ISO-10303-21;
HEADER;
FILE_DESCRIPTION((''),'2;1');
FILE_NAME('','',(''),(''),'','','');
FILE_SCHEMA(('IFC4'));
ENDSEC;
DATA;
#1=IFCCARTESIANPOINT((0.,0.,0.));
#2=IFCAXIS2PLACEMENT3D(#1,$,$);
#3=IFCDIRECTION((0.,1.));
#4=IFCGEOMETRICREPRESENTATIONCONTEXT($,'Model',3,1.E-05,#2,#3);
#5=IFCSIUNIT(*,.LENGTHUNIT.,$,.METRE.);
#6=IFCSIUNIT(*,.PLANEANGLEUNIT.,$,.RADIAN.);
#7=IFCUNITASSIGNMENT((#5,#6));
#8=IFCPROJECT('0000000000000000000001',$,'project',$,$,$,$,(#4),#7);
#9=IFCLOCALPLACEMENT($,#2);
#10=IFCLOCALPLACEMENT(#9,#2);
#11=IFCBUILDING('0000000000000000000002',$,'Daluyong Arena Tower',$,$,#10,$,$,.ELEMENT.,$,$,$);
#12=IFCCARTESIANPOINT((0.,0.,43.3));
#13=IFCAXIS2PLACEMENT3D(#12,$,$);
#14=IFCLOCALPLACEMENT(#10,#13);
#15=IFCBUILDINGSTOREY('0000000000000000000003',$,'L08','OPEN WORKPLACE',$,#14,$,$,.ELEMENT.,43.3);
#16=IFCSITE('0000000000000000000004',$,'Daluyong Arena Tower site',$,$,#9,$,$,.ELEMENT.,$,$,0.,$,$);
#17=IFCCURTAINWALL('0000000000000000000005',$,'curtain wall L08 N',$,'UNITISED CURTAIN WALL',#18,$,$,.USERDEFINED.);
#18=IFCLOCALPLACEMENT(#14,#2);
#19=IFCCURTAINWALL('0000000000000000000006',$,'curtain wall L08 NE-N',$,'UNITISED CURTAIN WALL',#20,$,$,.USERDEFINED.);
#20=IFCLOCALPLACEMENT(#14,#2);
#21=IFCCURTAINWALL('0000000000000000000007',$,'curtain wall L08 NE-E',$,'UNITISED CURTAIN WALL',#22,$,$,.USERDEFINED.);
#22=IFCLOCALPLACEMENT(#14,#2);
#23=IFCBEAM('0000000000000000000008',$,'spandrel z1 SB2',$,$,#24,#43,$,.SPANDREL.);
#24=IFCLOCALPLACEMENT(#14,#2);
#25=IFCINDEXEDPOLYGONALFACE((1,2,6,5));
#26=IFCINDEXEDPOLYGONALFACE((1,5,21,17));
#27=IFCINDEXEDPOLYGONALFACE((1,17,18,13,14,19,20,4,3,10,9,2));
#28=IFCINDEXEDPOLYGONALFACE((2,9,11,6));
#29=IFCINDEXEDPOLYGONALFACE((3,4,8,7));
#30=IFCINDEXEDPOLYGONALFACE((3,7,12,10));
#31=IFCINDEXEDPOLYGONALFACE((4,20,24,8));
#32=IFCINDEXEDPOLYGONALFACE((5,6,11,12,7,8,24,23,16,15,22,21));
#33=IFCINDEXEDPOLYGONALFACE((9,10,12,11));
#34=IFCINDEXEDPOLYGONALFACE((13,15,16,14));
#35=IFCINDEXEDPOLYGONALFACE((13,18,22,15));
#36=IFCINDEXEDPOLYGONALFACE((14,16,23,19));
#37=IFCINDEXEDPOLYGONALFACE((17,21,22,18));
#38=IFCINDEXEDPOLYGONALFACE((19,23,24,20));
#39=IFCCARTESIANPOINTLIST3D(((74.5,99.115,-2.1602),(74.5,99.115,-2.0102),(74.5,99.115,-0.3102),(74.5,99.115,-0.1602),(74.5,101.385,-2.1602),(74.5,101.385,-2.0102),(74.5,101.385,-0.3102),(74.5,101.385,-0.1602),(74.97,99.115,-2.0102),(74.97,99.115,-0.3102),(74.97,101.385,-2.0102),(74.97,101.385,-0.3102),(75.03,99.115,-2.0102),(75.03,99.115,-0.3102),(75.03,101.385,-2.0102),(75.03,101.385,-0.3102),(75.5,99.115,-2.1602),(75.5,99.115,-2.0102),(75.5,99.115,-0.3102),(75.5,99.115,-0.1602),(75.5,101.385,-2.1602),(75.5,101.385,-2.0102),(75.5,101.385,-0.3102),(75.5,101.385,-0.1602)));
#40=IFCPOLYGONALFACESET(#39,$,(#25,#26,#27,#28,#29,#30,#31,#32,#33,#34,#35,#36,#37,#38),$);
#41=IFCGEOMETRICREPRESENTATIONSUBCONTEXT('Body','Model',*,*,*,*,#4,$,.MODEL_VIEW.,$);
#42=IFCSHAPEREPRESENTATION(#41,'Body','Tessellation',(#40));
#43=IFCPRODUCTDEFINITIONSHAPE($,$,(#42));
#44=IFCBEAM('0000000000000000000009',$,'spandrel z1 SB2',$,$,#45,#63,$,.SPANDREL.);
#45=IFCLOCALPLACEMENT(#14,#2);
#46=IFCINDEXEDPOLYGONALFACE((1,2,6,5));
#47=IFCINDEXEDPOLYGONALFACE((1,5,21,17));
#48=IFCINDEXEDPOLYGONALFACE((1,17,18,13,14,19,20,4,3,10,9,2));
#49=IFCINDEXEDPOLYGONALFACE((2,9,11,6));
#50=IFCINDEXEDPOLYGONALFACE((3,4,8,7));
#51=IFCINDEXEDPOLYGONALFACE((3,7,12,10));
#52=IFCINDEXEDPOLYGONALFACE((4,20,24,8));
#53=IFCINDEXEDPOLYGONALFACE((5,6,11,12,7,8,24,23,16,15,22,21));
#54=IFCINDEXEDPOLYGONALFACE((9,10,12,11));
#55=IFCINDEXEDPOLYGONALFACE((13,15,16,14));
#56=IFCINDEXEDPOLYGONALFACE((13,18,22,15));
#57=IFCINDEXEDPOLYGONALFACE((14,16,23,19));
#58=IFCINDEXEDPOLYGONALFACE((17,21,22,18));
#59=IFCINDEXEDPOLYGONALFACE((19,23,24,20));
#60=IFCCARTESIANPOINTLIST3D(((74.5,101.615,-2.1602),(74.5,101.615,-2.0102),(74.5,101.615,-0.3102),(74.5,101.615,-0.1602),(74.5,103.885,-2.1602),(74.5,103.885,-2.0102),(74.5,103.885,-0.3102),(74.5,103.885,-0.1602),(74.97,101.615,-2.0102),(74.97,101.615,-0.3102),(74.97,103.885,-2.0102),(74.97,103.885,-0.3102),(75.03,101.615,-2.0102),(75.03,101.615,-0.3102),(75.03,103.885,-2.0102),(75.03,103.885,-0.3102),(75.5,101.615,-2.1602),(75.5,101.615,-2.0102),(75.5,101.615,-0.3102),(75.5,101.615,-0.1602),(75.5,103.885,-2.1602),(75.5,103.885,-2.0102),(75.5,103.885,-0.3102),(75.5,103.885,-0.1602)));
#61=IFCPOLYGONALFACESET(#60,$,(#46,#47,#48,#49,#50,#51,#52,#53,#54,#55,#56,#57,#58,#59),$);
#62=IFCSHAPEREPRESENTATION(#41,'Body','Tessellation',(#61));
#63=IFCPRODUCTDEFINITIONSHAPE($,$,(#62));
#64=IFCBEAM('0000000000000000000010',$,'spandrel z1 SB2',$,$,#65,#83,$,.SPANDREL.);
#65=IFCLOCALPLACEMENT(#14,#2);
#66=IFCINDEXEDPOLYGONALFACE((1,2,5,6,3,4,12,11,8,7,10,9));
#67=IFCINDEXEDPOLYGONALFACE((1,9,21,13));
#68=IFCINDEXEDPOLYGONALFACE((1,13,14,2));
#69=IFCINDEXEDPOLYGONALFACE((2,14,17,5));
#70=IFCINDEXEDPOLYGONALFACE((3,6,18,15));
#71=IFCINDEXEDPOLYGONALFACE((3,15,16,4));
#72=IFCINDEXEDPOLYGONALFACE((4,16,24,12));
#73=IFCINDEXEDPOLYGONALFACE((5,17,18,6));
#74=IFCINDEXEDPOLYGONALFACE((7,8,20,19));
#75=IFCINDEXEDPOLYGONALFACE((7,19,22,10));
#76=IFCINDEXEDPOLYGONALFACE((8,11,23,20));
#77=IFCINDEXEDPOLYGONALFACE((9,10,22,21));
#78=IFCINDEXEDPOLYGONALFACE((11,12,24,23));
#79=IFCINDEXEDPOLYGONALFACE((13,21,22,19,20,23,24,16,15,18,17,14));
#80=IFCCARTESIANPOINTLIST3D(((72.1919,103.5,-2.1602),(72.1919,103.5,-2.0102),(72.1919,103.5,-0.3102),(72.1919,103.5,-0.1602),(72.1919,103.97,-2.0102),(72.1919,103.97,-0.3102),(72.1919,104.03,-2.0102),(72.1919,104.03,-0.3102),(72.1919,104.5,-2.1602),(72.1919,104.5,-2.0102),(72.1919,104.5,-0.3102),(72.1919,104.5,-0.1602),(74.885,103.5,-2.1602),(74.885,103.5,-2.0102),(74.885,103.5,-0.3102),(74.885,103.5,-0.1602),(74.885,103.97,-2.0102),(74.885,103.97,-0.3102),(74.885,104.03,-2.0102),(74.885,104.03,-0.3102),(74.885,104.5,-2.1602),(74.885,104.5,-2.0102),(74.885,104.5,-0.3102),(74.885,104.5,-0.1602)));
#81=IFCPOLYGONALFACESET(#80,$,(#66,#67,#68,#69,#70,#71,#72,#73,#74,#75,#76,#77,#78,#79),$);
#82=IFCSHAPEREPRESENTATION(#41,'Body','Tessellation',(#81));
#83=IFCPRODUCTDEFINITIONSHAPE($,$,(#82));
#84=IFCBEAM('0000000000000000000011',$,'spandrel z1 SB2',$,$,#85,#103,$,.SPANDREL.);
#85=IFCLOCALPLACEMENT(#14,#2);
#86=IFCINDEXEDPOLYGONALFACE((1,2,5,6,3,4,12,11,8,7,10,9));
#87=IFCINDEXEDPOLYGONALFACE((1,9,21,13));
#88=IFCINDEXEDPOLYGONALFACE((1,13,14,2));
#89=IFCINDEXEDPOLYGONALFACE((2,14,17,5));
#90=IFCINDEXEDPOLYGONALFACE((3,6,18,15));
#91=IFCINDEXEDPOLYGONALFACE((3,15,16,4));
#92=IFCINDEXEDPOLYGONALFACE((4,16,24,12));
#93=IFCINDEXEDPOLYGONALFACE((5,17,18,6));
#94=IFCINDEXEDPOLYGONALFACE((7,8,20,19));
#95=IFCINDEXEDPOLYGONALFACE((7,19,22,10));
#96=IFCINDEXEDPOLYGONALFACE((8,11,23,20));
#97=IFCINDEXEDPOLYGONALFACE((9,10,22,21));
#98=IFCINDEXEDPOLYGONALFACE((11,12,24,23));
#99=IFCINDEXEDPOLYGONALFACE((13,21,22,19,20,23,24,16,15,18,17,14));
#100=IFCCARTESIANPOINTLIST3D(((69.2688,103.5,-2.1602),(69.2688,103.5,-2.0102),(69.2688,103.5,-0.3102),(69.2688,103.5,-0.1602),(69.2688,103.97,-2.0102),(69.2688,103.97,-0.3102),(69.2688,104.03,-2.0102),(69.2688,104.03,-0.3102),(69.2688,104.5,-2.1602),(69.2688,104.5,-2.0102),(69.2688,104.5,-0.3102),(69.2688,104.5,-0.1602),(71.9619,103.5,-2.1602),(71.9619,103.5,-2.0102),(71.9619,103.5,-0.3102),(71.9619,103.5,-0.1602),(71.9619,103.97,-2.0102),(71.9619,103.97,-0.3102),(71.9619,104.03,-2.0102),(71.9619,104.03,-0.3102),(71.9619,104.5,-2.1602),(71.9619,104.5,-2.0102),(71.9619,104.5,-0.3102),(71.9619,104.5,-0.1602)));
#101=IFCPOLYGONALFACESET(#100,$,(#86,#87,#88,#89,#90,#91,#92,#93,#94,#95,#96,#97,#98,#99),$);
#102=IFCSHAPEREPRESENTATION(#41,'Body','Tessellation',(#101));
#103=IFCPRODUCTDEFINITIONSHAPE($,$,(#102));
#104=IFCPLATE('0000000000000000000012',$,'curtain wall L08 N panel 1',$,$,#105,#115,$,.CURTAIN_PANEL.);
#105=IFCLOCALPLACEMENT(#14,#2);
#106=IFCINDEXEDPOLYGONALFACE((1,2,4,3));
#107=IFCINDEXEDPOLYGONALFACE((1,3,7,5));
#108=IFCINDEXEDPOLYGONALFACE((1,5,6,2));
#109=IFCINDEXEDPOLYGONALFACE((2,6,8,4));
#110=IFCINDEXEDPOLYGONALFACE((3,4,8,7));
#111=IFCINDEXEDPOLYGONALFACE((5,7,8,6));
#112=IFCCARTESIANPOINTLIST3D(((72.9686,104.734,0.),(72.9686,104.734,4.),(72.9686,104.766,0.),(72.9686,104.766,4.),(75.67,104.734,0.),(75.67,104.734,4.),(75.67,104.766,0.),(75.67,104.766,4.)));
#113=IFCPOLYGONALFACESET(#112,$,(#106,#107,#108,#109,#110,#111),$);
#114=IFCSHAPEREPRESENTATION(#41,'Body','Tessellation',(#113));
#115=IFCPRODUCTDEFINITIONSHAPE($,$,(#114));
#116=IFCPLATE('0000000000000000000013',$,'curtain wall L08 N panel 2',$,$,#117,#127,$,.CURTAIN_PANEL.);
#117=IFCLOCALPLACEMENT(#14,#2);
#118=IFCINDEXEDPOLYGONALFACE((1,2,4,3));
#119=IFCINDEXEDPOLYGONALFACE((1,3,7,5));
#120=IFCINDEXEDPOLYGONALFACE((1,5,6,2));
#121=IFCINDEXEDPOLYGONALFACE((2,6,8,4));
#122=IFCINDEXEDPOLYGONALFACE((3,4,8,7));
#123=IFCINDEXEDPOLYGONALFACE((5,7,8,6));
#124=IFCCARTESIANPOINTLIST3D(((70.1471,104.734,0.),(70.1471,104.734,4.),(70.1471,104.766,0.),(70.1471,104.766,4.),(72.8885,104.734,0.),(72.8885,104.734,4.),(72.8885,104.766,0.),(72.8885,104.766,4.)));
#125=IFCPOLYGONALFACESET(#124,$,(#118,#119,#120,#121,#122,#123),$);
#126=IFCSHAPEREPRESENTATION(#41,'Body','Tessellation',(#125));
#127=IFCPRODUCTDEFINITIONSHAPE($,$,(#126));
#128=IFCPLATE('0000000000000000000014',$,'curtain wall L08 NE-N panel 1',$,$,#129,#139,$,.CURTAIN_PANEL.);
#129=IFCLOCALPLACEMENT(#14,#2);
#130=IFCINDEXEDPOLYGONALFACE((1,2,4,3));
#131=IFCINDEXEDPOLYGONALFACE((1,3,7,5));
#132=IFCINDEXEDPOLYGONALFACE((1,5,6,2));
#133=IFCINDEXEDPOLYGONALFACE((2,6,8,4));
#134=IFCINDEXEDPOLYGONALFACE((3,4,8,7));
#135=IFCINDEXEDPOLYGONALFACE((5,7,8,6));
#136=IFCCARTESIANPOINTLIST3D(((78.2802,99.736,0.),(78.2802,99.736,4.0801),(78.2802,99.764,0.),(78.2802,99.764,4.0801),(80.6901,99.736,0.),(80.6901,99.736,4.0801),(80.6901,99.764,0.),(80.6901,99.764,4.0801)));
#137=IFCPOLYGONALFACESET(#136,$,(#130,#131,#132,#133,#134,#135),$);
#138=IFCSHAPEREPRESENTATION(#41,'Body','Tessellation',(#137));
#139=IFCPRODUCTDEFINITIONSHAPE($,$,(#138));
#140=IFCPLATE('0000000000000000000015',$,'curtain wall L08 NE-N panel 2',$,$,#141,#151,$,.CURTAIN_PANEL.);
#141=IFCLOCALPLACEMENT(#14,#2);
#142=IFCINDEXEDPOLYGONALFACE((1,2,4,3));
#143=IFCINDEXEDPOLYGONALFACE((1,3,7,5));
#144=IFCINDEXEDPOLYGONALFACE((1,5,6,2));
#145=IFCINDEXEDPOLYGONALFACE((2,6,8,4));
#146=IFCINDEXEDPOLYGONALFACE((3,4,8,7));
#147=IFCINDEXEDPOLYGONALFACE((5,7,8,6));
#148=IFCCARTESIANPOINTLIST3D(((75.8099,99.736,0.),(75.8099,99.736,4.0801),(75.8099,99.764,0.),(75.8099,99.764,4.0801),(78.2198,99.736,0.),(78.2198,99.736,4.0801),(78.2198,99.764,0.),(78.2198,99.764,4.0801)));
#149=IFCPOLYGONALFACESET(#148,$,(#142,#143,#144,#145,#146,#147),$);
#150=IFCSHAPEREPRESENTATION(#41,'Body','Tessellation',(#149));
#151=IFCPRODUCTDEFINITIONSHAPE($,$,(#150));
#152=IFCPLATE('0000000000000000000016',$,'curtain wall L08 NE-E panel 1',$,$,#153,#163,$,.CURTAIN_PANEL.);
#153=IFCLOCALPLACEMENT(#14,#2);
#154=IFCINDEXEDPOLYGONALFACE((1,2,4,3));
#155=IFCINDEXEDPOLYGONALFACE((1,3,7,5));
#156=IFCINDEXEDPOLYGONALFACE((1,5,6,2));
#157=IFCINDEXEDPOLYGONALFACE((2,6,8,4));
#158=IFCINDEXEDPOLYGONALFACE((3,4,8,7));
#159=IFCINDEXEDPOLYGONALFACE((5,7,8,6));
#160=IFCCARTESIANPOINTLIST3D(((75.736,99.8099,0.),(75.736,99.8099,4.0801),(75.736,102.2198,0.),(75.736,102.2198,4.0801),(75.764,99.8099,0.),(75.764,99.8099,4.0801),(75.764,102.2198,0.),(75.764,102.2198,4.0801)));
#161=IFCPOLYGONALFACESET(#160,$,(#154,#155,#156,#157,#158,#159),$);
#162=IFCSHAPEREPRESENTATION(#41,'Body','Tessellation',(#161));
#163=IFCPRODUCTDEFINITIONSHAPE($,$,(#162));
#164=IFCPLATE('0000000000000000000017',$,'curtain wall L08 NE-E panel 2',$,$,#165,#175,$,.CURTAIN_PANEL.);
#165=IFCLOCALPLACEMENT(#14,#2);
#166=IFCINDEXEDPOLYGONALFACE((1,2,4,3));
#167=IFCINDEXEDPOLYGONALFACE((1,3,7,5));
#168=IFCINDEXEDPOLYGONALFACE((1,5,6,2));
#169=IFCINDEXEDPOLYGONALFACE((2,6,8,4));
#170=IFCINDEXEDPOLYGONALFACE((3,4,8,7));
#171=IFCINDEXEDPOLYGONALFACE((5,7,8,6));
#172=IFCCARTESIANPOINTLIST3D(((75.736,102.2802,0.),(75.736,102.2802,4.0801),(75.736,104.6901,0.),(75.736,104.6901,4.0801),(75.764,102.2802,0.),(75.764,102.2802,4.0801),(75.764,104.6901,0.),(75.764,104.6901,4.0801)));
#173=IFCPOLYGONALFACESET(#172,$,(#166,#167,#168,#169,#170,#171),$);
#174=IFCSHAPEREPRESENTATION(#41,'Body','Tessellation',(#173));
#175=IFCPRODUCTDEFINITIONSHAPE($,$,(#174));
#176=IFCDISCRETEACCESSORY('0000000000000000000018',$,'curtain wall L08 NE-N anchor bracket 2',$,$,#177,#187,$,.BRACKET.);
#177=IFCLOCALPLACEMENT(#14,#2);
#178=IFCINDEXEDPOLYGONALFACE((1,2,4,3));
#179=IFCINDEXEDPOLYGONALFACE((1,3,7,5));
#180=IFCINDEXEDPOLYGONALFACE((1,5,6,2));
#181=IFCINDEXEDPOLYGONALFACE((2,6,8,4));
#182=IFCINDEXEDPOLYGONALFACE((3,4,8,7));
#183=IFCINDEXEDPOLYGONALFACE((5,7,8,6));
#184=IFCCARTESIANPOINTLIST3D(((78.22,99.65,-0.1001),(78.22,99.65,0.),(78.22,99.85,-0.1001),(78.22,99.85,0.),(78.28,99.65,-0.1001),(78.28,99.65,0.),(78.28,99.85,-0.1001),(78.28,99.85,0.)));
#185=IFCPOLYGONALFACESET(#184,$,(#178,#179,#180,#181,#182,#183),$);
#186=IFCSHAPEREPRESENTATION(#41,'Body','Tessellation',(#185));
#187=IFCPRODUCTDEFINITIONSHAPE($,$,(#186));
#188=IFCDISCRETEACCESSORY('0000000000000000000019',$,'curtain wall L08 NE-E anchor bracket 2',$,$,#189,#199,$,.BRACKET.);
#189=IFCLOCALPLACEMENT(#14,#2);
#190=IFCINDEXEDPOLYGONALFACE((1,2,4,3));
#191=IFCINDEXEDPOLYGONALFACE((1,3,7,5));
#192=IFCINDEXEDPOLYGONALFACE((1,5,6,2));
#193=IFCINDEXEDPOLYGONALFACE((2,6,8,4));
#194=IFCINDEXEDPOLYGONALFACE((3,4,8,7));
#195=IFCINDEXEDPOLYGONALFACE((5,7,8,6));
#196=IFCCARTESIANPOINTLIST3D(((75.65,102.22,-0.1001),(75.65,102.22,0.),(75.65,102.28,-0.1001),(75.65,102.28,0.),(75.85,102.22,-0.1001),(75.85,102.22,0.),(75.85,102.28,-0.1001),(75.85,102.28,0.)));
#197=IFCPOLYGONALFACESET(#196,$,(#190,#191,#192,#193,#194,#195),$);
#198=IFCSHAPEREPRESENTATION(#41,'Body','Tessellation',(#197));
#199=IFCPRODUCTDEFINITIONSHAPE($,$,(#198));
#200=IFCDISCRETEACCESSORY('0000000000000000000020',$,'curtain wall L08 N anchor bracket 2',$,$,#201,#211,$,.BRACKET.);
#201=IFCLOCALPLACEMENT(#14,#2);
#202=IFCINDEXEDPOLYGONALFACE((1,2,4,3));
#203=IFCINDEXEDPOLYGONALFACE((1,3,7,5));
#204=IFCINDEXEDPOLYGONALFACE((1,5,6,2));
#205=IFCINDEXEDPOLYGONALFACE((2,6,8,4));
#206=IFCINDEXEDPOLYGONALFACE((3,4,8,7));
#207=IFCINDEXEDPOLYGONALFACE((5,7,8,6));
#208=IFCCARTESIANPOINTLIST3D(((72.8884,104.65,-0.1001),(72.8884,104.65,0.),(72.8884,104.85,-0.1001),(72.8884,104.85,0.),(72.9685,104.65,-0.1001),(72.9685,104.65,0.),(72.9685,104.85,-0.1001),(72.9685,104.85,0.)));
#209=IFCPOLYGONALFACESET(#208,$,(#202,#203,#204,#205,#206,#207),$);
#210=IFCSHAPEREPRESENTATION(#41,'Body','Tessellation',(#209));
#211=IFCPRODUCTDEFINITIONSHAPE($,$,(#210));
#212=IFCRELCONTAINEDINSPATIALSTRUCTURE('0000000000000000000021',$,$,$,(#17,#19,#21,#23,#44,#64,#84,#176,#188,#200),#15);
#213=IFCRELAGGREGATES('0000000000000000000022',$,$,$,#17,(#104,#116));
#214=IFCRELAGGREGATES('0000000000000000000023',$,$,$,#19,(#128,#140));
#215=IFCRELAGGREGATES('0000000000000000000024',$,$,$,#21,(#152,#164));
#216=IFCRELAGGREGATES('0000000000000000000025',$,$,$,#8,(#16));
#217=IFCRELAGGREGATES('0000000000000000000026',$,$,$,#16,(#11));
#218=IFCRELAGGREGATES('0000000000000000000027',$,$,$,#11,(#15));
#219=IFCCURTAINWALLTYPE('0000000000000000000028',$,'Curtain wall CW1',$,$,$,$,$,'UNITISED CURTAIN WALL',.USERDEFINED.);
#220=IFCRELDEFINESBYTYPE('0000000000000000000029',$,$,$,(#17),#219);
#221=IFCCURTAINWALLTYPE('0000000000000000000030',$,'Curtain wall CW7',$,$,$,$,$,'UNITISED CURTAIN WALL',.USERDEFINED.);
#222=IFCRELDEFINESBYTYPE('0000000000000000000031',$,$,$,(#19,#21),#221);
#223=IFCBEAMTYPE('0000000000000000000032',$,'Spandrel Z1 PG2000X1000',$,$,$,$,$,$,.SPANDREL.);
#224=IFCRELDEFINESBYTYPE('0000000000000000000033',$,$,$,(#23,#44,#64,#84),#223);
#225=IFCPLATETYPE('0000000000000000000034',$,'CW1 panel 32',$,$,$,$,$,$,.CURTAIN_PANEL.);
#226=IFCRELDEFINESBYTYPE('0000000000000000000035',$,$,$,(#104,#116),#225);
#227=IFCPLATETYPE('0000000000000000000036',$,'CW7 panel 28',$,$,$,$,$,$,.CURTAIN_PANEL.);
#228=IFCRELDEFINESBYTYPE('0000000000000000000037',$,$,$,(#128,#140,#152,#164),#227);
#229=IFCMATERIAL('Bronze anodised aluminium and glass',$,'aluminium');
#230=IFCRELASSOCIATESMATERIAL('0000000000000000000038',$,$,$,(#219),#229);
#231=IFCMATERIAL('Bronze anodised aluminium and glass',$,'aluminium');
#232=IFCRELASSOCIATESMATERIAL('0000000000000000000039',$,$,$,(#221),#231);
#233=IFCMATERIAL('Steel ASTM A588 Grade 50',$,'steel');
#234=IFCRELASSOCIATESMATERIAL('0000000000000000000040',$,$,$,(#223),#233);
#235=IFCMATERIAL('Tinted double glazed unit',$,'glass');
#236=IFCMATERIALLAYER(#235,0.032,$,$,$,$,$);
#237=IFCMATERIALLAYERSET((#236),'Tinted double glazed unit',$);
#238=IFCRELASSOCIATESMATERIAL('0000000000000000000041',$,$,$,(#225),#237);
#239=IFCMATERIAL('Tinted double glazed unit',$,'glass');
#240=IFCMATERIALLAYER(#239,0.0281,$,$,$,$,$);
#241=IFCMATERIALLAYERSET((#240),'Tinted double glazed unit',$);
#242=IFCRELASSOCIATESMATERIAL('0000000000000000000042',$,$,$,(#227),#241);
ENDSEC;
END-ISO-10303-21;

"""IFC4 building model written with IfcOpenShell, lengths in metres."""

from ifc_helpers import new_model, si_unit, direction, frame, origin, origin_2d, place, context, subcontext, project, spatial, rectangle, i_section, extrude, material, layer, layer_set, material_profile, profile_set, type_object, element, aggregate, save


model = new_model("IFC4")

# Units and contexts
model_context = context("Model", 3, precision=1e-05, world=origin(), true_north=direction((0.0, 1.0)))
body_context = subcontext(model_context, "Body", "Model", "MODEL_VIEW")
ifc_project = project(units=[si_unit("LENGTHUNIT", "METRE"), si_unit("PLANEANGLEUNIT", "RADIAN")], contexts=[model_context])

# Site, building, storey
site_placement = place(None, origin())
site = spatial("IfcSite", under=ifc_project, at=site_placement, Name="Daluyong Arena Tower site", CompositionType="ELEMENT", RefElevation=0.0)
building_placement = place(site_placement, origin())
building = spatial("IfcBuilding", under=site, at=building_placement, Name="Daluyong Arena Tower", CompositionType="ELEMENT")
storey_placement = place(building_placement, frame((0.0, 0.0, 43.3)))
storey = spatial("IfcBuildingStorey", under=building, at=storey_placement, Name="L08", Description="OPEN WORKPLACE", CompositionType="ELEMENT", Elevation=43.3)

# Shared definitions
ifc_material_1 = material(Name="Bronze anodised aluminium and glass", Category="aluminium")
curtain_wall_type_1 = type_object("IfcCurtainWallType", Name="Curtain wall CW1", ElementType="UNITISED CURTAIN WALL", PredefinedType="USERDEFINED", material=ifc_material_1)

# Curtain walls
curtain_wall_1_placement = place(storey_placement, origin())
curtain_wall_1 = element("IfcCurtainWall", 1, at=curtain_wall_1_placement, inside=storey, type_object=curtain_wall_type_1, Name="curtain wall L08 N", ObjectType="UNITISED CURTAIN WALL", PredefinedType="USERDEFINED")
ifc_material_2 = material(Name="Bronze anodised aluminium and glass", Category="aluminium")
curtain_wall_type_2 = type_object("IfcCurtainWallType", Name="Curtain wall CW7", ElementType="UNITISED CURTAIN WALL", PredefinedType="USERDEFINED", material=ifc_material_2)
curtain_wall_2_placement = place(storey_placement, origin())
curtain_wall_2 = element("IfcCurtainWall", 2, at=curtain_wall_2_placement, inside=storey, type_object=curtain_wall_type_2, Name="curtain wall L08 NE-N", ObjectType="UNITISED CURTAIN WALL", PredefinedType="USERDEFINED")
curtain_wall_3_placement = place(storey_placement, origin())
curtain_wall_3 = element("IfcCurtainWall", 3, at=curtain_wall_3_placement, inside=storey, type_object=curtain_wall_type_2, Name="curtain wall L08 NE-E", ObjectType="UNITISED CURTAIN WALL", PredefinedType="USERDEFINED")

# Beams
ifc_material_3 = material(Name="Steel ASTM A588 Grade 50", Category="steel")
ifc_material_profile_1 = material_profile(ifc_material_3, i_section(OverallWidth=1.0, OverallDepth=2.0, WebThickness=0.06, FlangeThickness=0.15, at=origin_2d()))
ifc_profile_set_1 = profile_set([ifc_material_profile_1], Name="Steel ASTM A588 Grade 50")
beam_type_1 = type_object("IfcBeamType", Name="Spandrel Z1 PG2000X1000", PredefinedType="SPANDREL", material=ifc_profile_set_1)
for number, where, z_axis, x_axis, name in (
    (4, (75.0, 99.115, -1.1602), (0.0, 1.0, 0.0), (-1.0, 0.0, 0.0), "spandrel z1 SB2"),
    (5, (75.0, 101.615, -1.1602), (0.0, 1.0, 0.0), (-1.0, 0.0, 0.0), "spandrel z1 SB2"),
):
    element("IfcBeam", number, at=place(storey_placement, frame(where, z_axis=z_axis, x_axis=x_axis)), inside=storey, type_object=beam_type_1, Name=name, PredefinedType="SPANDREL", context=body_context, shape_type="SweptSolid", body=[
        extrude(i_section(OverallWidth=1.0, OverallDepth=2.0, WebThickness=0.06, FlangeThickness=0.15, at=origin_2d()), origin(), (0.0, 0.0, 1.0), 2.27),
    ])
for number, where, z_axis, x_axis, name in (
    (6, (74.885, 104.0, -1.1602), (-1.0, 0.0, 0.0), (0.0, -1.0, 0.0), "spandrel z1 SB2"),
    (7, (71.9619, 104.0, -1.1602), (-1.0, 0.0, 0.0), (0.0, -1.0, 0.0), "spandrel z1 SB2"),
):
    element("IfcBeam", number, at=place(storey_placement, frame(where, z_axis=z_axis, x_axis=x_axis)), inside=storey, type_object=beam_type_1, Name=name, PredefinedType="SPANDREL", context=body_context, shape_type="SweptSolid", body=[
        extrude(i_section(OverallWidth=1.0, OverallDepth=2.0, WebThickness=0.06, FlangeThickness=0.15, at=origin_2d()), origin(), (0.0, 0.0, 1.0), 2.6931),
    ])

# Plates
ifc_material_4 = material(Name="Tinted double glazed unit", Category="glass")
ifc_layer_1 = layer(ifc_material_4, 0.032)
ifc_layer_set_1 = layer_set([ifc_layer_1], Name="Tinted double glazed unit")
plate_type_1 = type_object("IfcPlateType", Name="CW1 panel 32", PredefinedType="CURTAIN_PANEL", material=ifc_layer_set_1)
plate_1_placement = place(storey_placement, frame((74.3193, 104.75, 0.0), z_axis=(0.0, 0.0, 1.0), x_axis=(-1.0, 0.0, 0.0)))
plate_1 = element("IfcPlate", 8, at=plate_1_placement, type_object=plate_type_1, Name="curtain wall L08 N panel 1", PredefinedType="CURTAIN_PANEL", context=body_context, shape_type="SweptSolid", body=[
    extrude(rectangle(XDim=2.7014, YDim=0.032, at=origin_2d()), origin(), (0.0, 0.0, 1.0), 4.0),
])
plate_2_placement = place(storey_placement, frame((71.5178, 104.75, 0.0), z_axis=(0.0, 0.0, 1.0), x_axis=(-1.0, 0.0, 0.0)))
plate_2 = element("IfcPlate", 9, at=plate_2_placement, type_object=plate_type_1, Name="curtain wall L08 N panel 2", PredefinedType="CURTAIN_PANEL", context=body_context, shape_type="SweptSolid", body=[
    extrude(rectangle(XDim=2.7415, YDim=0.032, at=origin_2d()), origin(), (0.0, 0.0, 1.0), 4.0),
])
aggregate(curtain_wall_1, [plate_1, plate_2])
ifc_material_5 = material(Name="Tinted double glazed unit", Category="glass")
ifc_layer_2 = layer(ifc_material_5, 0.0281)
ifc_layer_set_2 = layer_set([ifc_layer_2], Name="Tinted double glazed unit")
plate_type_2 = type_object("IfcPlateType", Name="CW7 panel 28", PredefinedType="CURTAIN_PANEL", material=ifc_layer_set_2)
plate_3_placement = place(storey_placement, frame((79.4851, 99.75, 0.0), z_axis=(0.0, 0.0, 1.0), x_axis=(-1.0, 0.0, 0.0)))
plate_3 = element("IfcPlate", 10, at=plate_3_placement, type_object=plate_type_2, Name="curtain wall L08 NE-N panel 1", PredefinedType="CURTAIN_PANEL", context=body_context, shape_type="SweptSolid", body=[
    extrude(rectangle(XDim=2.4099, YDim=0.0281, at=origin_2d()), origin(), (0.0, 0.0, 1.0), 4.0801),
])
plate_4_placement = place(storey_placement, frame((77.0149, 99.75, 0.0), z_axis=(0.0, 0.0, 1.0), x_axis=(-1.0, 0.0, 0.0)))
plate_4 = element("IfcPlate", 11, at=plate_4_placement, type_object=plate_type_2, Name="curtain wall L08 NE-N panel 2", PredefinedType="CURTAIN_PANEL", context=body_context, shape_type="SweptSolid", body=[
    extrude(rectangle(XDim=2.4099, YDim=0.0281, at=origin_2d()), origin(), (0.0, 0.0, 1.0), 4.0801),
])
aggregate(curtain_wall_2, [plate_3, plate_4])
plate_5_placement = place(storey_placement, frame((75.75, 101.0149, 0.0), z_axis=(0.0, 0.0, 1.0), x_axis=(0.0, 1.0, 0.0)))
plate_5 = element("IfcPlate", 12, at=plate_5_placement, type_object=plate_type_2, Name="curtain wall L08 NE-E panel 1", PredefinedType="CURTAIN_PANEL", context=body_context, shape_type="SweptSolid", body=[
    extrude(rectangle(XDim=2.4099, YDim=0.0281, at=origin_2d()), origin(), (0.0, 0.0, 1.0), 4.0801),
])
plate_6_placement = place(storey_placement, frame((75.75, 103.4851, 0.0), z_axis=(0.0, 0.0, 1.0), x_axis=(0.0, 1.0, 0.0)))
plate_6 = element("IfcPlate", 13, at=plate_6_placement, type_object=plate_type_2, Name="curtain wall L08 NE-E panel 2", PredefinedType="CURTAIN_PANEL", context=body_context, shape_type="SweptSolid", body=[
    extrude(rectangle(XDim=2.4099, YDim=0.0281, at=origin_2d()), origin(), (0.0, 0.0, 1.0), 4.0801),
])
aggregate(curtain_wall_3, [plate_5, plate_6])

# Discrete accessories
for number, where, z_axis, x_axis, name in (
    (14, (78.25, 99.75, -0.1001), (0.0, 0.0, 1.0), (-1.0, 0.0, 0.0), "curtain wall L08 NE-N anchor bracket 2"),
    (15, (75.75, 102.25, -0.1001), (0.0, 0.0, 1.0), (0.0, 1.0, 0.0), "curtain wall L08 NE-E anchor bracket 2"),
):
    element("IfcDiscreteAccessory", number, at=place(storey_placement, frame(where, z_axis=z_axis, x_axis=x_axis)), inside=storey, Name=name, PredefinedType="BRACKET", context=body_context, shape_type="SweptSolid", body=[
        extrude(rectangle(XDim=0.0601, YDim=0.2, at=origin_2d()), origin(), (0.0, 0.0, 1.0), 0.1001),
    ])
discrete_accessory_placement = place(storey_placement, frame((72.9285, 104.75, -0.1001), z_axis=(0.0, 0.0, 1.0), x_axis=(-1.0, 0.0, 0.0)))
element("IfcDiscreteAccessory", 16, at=discrete_accessory_placement, inside=storey, Name="curtain wall L08 N anchor bracket 2", PredefinedType="BRACKET", context=body_context, shape_type="SweptSolid", body=[
    extrude(rectangle(XDim=0.0801, YDim=0.2, at=origin_2d()), origin(), (0.0, 0.0, 1.0), 0.1001),
])

save(model, "model.ifc")
